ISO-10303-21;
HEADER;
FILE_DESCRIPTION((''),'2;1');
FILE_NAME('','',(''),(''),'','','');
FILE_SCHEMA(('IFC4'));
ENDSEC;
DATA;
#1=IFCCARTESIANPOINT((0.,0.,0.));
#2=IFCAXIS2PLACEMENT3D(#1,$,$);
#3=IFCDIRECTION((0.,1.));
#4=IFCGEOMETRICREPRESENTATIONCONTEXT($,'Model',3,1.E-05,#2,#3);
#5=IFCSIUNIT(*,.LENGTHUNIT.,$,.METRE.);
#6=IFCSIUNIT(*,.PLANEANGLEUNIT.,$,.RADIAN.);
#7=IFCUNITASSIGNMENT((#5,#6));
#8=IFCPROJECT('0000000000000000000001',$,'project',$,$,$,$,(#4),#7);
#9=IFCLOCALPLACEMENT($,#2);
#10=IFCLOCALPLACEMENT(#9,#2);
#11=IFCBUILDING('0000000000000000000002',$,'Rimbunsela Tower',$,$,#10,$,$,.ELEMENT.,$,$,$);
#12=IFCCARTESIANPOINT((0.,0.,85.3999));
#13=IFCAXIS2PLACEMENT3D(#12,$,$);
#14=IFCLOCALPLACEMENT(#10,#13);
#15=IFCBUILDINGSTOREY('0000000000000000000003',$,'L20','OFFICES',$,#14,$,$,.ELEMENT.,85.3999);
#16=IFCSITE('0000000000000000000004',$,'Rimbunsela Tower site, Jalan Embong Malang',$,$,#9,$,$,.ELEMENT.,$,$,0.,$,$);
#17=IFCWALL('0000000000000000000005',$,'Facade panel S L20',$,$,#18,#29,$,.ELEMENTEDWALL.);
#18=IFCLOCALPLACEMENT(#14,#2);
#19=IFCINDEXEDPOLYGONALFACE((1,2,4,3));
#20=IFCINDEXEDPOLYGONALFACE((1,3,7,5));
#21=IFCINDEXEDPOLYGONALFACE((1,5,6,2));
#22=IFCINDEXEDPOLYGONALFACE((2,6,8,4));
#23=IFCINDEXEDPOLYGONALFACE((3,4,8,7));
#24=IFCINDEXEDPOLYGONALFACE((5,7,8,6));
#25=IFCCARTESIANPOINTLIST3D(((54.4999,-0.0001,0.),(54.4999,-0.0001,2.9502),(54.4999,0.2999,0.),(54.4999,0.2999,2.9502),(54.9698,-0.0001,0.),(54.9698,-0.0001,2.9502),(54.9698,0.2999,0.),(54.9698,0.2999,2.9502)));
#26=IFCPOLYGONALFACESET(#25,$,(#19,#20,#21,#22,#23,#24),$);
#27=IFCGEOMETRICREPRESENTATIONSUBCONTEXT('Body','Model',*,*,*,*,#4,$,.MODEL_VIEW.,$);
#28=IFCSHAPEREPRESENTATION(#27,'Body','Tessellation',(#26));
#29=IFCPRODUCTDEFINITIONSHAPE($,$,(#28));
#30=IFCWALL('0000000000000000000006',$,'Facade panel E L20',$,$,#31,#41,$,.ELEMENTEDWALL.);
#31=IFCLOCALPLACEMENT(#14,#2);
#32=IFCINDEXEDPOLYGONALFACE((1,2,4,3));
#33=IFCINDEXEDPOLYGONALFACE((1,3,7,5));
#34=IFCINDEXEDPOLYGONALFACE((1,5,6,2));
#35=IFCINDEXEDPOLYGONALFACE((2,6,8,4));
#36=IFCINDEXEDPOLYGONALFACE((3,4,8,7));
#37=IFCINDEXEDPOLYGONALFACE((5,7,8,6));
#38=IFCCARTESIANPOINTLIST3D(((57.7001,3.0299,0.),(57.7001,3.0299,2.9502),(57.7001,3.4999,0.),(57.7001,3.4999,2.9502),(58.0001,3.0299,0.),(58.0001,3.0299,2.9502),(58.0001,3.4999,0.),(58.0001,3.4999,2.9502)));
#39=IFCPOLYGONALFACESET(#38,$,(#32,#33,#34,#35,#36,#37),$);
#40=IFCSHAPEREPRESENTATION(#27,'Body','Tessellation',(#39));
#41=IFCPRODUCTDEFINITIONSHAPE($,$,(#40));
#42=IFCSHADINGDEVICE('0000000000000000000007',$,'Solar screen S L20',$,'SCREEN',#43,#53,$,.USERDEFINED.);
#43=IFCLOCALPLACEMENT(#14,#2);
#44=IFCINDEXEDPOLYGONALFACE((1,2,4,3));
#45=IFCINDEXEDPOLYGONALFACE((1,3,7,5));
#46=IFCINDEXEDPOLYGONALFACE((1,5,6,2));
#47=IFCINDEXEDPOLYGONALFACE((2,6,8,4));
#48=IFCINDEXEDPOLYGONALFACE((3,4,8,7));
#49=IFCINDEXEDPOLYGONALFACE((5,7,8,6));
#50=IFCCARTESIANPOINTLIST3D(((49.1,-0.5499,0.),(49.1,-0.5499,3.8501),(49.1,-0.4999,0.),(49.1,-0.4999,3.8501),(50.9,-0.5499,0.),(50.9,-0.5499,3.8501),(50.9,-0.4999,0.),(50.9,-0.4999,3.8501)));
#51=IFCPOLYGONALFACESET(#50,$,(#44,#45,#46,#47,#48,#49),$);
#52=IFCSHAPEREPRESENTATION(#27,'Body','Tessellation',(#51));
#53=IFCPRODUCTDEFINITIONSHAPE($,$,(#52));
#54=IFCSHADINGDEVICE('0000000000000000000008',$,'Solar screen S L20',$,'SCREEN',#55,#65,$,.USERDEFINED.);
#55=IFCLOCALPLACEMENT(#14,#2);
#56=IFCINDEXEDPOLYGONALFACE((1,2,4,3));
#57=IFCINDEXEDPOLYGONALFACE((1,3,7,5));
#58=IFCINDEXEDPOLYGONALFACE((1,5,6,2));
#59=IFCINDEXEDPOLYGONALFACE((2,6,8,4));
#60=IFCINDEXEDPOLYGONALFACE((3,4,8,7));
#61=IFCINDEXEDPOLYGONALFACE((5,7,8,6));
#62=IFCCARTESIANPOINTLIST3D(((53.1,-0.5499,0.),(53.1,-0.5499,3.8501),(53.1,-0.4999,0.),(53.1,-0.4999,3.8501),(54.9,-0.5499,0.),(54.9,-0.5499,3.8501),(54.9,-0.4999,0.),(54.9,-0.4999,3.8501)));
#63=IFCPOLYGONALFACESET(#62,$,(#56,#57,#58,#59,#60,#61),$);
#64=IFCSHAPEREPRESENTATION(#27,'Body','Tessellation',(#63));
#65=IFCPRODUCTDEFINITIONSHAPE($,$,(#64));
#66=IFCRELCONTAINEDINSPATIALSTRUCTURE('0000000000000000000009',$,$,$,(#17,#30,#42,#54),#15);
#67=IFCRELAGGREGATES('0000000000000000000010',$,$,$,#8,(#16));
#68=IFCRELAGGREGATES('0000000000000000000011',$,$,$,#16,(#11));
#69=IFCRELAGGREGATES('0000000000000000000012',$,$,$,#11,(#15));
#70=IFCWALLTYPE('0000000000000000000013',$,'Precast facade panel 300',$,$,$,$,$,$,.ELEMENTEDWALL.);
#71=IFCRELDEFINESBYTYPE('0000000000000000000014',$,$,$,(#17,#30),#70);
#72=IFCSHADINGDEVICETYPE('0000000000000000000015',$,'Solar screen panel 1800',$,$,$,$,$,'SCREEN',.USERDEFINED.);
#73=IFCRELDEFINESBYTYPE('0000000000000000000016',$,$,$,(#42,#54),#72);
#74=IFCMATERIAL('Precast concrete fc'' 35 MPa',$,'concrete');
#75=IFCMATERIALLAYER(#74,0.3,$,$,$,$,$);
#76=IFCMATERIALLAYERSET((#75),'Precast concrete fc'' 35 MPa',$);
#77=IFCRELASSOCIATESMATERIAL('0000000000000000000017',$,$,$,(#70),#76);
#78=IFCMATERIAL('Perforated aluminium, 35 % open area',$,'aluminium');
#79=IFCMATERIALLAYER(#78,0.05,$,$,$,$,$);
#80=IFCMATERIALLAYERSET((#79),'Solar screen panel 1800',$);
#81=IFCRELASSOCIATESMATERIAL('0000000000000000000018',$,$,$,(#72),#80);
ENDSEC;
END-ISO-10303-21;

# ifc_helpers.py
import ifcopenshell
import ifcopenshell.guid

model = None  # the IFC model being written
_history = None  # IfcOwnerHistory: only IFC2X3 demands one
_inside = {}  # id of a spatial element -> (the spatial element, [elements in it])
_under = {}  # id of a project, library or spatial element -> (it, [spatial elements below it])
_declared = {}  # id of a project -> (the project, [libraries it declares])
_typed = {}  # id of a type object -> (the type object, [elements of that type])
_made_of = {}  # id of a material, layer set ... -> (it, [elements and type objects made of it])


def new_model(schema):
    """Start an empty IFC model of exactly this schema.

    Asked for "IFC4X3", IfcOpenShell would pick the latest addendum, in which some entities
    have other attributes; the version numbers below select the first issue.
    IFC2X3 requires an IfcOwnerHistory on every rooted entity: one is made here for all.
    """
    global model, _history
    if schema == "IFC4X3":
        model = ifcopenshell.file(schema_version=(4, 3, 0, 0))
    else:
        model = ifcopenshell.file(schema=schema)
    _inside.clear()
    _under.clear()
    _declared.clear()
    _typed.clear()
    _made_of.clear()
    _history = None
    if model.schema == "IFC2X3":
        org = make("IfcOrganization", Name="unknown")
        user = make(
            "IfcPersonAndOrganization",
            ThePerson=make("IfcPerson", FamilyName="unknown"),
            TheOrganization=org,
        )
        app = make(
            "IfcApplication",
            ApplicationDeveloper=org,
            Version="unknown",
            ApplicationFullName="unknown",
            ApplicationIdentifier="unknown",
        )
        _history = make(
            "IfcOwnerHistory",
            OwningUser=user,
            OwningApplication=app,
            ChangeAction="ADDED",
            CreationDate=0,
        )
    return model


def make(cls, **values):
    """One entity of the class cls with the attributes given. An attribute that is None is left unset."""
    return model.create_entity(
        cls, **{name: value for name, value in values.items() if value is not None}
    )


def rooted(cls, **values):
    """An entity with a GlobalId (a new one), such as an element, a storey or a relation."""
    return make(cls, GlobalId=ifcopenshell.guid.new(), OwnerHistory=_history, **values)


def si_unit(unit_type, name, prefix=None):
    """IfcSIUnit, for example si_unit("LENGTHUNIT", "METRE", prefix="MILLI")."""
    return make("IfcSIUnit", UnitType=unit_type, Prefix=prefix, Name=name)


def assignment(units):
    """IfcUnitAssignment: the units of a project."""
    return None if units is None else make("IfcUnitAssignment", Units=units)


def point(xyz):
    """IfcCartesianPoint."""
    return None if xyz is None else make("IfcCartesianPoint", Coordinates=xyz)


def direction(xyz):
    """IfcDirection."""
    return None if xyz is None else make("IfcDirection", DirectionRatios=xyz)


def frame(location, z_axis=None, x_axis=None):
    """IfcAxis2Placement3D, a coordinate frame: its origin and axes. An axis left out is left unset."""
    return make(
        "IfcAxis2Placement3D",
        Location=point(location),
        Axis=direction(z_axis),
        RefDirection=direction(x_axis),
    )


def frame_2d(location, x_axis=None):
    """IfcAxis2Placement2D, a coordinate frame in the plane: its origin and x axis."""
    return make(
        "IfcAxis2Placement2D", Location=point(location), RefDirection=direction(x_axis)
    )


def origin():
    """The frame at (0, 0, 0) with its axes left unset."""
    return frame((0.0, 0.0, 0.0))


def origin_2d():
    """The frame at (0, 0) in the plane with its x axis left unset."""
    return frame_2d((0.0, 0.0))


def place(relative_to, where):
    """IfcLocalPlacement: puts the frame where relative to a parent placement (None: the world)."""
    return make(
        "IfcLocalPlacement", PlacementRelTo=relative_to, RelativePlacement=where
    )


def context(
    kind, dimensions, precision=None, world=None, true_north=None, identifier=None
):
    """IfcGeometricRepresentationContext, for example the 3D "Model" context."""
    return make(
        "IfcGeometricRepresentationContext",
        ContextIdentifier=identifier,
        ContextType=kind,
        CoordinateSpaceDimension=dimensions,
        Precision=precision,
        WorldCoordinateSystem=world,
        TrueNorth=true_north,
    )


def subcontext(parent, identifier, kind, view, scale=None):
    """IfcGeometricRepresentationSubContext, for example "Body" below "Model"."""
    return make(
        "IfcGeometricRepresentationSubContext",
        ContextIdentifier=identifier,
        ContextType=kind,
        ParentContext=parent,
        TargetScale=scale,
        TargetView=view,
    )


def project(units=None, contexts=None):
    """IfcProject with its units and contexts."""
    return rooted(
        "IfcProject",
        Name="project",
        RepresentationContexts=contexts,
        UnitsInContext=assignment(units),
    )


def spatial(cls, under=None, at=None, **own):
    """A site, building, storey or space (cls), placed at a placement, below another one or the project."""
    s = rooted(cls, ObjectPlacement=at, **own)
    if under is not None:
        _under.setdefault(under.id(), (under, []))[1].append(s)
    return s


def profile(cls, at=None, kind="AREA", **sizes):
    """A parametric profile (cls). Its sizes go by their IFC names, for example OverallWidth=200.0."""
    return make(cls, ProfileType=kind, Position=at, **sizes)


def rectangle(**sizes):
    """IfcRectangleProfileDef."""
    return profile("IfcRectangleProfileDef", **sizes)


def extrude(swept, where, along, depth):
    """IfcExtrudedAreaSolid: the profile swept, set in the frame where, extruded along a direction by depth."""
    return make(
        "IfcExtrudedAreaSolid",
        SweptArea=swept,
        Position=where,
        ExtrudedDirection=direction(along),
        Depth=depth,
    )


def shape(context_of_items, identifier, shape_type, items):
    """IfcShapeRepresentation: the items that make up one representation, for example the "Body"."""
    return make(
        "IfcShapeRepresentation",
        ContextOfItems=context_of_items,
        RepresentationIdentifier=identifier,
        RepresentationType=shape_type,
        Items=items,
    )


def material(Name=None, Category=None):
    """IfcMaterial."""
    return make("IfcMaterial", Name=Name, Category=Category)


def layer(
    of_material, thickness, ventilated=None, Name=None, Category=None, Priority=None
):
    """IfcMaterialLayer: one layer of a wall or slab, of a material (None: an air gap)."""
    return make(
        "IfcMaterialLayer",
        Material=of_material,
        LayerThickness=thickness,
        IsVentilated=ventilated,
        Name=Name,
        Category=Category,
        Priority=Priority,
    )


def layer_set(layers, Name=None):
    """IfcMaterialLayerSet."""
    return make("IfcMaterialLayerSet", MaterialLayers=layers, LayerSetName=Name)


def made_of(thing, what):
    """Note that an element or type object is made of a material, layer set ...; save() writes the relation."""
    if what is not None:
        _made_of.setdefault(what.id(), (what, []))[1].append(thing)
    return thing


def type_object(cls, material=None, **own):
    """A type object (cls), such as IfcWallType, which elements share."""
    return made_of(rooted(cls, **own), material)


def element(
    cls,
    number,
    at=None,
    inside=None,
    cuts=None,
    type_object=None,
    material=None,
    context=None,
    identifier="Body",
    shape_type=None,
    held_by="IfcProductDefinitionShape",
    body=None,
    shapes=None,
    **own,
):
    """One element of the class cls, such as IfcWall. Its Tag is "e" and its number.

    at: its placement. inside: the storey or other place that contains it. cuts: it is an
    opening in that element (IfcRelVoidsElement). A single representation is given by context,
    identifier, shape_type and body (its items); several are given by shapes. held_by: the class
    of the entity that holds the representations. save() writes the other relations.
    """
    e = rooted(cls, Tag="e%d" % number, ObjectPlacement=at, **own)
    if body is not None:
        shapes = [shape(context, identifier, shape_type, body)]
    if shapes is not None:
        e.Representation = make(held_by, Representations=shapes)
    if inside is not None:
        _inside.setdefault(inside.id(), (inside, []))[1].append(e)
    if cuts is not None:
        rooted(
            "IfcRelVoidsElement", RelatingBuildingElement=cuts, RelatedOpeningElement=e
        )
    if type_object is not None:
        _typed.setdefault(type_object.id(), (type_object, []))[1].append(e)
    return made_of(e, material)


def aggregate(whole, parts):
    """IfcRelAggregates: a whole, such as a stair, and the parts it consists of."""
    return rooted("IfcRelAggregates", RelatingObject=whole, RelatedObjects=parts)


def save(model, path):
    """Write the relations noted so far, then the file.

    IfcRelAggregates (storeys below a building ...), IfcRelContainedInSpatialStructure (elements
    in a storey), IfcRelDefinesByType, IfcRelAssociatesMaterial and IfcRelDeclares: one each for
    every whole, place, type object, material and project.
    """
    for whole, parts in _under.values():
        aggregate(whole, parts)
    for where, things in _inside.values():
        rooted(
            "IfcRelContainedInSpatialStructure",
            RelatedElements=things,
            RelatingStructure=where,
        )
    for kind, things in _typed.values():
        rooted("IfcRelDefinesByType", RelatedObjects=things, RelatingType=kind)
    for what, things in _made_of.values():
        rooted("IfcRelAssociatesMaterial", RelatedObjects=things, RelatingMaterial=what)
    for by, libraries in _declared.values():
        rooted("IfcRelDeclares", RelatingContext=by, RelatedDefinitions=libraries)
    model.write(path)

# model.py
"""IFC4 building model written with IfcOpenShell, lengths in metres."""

from ifc_helpers import new_model, si_unit, direction, frame, frame_2d, origin, origin_2d, place, context, subcontext, project, spatial, rectangle, extrude, material, layer, layer_set, type_object, element, save


model = new_model("IFC4")

# Units and contexts
model_context = context("Model", 3, precision=1e-05, world=origin(), true_north=direction((0.0, 1.0)))
body_context = subcontext(model_context, "Body", "Model", "MODEL_VIEW")
ifc_project = project(units=[si_unit("LENGTHUNIT", "METRE"), si_unit("PLANEANGLEUNIT", "RADIAN")], contexts=[model_context])

# Site, building, storey
site_placement = place(None, origin())
site = spatial("IfcSite", under=ifc_project, at=site_placement, Name="Rimbunsela Tower site, Jalan Embong Malang", CompositionType="ELEMENT", RefElevation=0.0)
building_placement = place(site_placement, origin())
building = spatial("IfcBuilding", under=site, at=building_placement, Name="Rimbunsela Tower", CompositionType="ELEMENT")
storey_placement = place(building_placement, frame((0.0, 0.0, 85.3999)))
storey = spatial("IfcBuildingStorey", under=building, at=storey_placement, Name="L20", Description="OFFICES", CompositionType="ELEMENT", Elevation=85.3999)

# Shared definitions
ifc_material_1 = material(Name="Precast concrete fc' 35 MPa", Category="concrete")
ifc_layer_1 = layer(ifc_material_1, 0.3)
ifc_layer_set_1 = layer_set([ifc_layer_1], Name="Precast concrete fc' 35 MPa")
wall_type = type_object("IfcWallType", Name="Precast facade panel 300", PredefinedType="ELEMENTEDWALL", material=ifc_layer_set_1)

# Walls
for number, where, z_axis, x_axis, name in (
    (1, (54.5, 0.1499, 0.0), (0.0, 0.0, 1.0), (1.0, 0.0, 0.0), "Facade panel S L20"),
    (2, (57.8501, 3.03, 0.0), (0.0, 0.0, 1.0), (0.0, 1.0, 0.0), "Facade panel E L20"),
):
    element("IfcWall", number, at=place(storey_placement, frame(where, z_axis=z_axis, x_axis=x_axis)), inside=storey, type_object=wall_type, Name=name, PredefinedType="ELEMENTEDWALL", context=body_context, shape_type="SweptSolid", body=[
        extrude(rectangle(XDim=0.47, YDim=0.3, at=frame_2d((0.2349, 0.0))), origin(), (0.0, 0.0, 1.0), 2.9502),
    ])

# Shading devices
ifc_material_2 = material(Name="Perforated aluminium, 35 % open area", Category="aluminium")
ifc_layer_2 = layer(ifc_material_2, 0.05)
ifc_layer_set_2 = layer_set([ifc_layer_2], Name="Solar screen panel 1800")
shading_device_type = type_object("IfcShadingDeviceType", Name="Solar screen panel 1800", ElementType="SCREEN", PredefinedType="USERDEFINED", material=ifc_layer_set_2)
for number, where, z_axis, x_axis, name in (
    (3, (50.0, -0.5249, 0.0), (0.0, 0.0, 1.0), (1.0, 0.0, 0.0), "Solar screen S L20"),
    (4, (54.0, -0.5249, 0.0), (0.0, 0.0, 1.0), (1.0, 0.0, 0.0), "Solar screen S L20"),
):
    element("IfcShadingDevice", number, at=place(storey_placement, frame(where, z_axis=z_axis, x_axis=x_axis)), inside=storey, type_object=shading_device_type, Name=name, ObjectType="SCREEN", PredefinedType="USERDEFINED", context=body_context, shape_type="SweptSolid", body=[
        extrude(rectangle(XDim=1.8, YDim=0.05, at=origin_2d()), origin(), (0.0, 0.0, 1.0), 3.8501),
    ])

save(model, "model.ifc")
